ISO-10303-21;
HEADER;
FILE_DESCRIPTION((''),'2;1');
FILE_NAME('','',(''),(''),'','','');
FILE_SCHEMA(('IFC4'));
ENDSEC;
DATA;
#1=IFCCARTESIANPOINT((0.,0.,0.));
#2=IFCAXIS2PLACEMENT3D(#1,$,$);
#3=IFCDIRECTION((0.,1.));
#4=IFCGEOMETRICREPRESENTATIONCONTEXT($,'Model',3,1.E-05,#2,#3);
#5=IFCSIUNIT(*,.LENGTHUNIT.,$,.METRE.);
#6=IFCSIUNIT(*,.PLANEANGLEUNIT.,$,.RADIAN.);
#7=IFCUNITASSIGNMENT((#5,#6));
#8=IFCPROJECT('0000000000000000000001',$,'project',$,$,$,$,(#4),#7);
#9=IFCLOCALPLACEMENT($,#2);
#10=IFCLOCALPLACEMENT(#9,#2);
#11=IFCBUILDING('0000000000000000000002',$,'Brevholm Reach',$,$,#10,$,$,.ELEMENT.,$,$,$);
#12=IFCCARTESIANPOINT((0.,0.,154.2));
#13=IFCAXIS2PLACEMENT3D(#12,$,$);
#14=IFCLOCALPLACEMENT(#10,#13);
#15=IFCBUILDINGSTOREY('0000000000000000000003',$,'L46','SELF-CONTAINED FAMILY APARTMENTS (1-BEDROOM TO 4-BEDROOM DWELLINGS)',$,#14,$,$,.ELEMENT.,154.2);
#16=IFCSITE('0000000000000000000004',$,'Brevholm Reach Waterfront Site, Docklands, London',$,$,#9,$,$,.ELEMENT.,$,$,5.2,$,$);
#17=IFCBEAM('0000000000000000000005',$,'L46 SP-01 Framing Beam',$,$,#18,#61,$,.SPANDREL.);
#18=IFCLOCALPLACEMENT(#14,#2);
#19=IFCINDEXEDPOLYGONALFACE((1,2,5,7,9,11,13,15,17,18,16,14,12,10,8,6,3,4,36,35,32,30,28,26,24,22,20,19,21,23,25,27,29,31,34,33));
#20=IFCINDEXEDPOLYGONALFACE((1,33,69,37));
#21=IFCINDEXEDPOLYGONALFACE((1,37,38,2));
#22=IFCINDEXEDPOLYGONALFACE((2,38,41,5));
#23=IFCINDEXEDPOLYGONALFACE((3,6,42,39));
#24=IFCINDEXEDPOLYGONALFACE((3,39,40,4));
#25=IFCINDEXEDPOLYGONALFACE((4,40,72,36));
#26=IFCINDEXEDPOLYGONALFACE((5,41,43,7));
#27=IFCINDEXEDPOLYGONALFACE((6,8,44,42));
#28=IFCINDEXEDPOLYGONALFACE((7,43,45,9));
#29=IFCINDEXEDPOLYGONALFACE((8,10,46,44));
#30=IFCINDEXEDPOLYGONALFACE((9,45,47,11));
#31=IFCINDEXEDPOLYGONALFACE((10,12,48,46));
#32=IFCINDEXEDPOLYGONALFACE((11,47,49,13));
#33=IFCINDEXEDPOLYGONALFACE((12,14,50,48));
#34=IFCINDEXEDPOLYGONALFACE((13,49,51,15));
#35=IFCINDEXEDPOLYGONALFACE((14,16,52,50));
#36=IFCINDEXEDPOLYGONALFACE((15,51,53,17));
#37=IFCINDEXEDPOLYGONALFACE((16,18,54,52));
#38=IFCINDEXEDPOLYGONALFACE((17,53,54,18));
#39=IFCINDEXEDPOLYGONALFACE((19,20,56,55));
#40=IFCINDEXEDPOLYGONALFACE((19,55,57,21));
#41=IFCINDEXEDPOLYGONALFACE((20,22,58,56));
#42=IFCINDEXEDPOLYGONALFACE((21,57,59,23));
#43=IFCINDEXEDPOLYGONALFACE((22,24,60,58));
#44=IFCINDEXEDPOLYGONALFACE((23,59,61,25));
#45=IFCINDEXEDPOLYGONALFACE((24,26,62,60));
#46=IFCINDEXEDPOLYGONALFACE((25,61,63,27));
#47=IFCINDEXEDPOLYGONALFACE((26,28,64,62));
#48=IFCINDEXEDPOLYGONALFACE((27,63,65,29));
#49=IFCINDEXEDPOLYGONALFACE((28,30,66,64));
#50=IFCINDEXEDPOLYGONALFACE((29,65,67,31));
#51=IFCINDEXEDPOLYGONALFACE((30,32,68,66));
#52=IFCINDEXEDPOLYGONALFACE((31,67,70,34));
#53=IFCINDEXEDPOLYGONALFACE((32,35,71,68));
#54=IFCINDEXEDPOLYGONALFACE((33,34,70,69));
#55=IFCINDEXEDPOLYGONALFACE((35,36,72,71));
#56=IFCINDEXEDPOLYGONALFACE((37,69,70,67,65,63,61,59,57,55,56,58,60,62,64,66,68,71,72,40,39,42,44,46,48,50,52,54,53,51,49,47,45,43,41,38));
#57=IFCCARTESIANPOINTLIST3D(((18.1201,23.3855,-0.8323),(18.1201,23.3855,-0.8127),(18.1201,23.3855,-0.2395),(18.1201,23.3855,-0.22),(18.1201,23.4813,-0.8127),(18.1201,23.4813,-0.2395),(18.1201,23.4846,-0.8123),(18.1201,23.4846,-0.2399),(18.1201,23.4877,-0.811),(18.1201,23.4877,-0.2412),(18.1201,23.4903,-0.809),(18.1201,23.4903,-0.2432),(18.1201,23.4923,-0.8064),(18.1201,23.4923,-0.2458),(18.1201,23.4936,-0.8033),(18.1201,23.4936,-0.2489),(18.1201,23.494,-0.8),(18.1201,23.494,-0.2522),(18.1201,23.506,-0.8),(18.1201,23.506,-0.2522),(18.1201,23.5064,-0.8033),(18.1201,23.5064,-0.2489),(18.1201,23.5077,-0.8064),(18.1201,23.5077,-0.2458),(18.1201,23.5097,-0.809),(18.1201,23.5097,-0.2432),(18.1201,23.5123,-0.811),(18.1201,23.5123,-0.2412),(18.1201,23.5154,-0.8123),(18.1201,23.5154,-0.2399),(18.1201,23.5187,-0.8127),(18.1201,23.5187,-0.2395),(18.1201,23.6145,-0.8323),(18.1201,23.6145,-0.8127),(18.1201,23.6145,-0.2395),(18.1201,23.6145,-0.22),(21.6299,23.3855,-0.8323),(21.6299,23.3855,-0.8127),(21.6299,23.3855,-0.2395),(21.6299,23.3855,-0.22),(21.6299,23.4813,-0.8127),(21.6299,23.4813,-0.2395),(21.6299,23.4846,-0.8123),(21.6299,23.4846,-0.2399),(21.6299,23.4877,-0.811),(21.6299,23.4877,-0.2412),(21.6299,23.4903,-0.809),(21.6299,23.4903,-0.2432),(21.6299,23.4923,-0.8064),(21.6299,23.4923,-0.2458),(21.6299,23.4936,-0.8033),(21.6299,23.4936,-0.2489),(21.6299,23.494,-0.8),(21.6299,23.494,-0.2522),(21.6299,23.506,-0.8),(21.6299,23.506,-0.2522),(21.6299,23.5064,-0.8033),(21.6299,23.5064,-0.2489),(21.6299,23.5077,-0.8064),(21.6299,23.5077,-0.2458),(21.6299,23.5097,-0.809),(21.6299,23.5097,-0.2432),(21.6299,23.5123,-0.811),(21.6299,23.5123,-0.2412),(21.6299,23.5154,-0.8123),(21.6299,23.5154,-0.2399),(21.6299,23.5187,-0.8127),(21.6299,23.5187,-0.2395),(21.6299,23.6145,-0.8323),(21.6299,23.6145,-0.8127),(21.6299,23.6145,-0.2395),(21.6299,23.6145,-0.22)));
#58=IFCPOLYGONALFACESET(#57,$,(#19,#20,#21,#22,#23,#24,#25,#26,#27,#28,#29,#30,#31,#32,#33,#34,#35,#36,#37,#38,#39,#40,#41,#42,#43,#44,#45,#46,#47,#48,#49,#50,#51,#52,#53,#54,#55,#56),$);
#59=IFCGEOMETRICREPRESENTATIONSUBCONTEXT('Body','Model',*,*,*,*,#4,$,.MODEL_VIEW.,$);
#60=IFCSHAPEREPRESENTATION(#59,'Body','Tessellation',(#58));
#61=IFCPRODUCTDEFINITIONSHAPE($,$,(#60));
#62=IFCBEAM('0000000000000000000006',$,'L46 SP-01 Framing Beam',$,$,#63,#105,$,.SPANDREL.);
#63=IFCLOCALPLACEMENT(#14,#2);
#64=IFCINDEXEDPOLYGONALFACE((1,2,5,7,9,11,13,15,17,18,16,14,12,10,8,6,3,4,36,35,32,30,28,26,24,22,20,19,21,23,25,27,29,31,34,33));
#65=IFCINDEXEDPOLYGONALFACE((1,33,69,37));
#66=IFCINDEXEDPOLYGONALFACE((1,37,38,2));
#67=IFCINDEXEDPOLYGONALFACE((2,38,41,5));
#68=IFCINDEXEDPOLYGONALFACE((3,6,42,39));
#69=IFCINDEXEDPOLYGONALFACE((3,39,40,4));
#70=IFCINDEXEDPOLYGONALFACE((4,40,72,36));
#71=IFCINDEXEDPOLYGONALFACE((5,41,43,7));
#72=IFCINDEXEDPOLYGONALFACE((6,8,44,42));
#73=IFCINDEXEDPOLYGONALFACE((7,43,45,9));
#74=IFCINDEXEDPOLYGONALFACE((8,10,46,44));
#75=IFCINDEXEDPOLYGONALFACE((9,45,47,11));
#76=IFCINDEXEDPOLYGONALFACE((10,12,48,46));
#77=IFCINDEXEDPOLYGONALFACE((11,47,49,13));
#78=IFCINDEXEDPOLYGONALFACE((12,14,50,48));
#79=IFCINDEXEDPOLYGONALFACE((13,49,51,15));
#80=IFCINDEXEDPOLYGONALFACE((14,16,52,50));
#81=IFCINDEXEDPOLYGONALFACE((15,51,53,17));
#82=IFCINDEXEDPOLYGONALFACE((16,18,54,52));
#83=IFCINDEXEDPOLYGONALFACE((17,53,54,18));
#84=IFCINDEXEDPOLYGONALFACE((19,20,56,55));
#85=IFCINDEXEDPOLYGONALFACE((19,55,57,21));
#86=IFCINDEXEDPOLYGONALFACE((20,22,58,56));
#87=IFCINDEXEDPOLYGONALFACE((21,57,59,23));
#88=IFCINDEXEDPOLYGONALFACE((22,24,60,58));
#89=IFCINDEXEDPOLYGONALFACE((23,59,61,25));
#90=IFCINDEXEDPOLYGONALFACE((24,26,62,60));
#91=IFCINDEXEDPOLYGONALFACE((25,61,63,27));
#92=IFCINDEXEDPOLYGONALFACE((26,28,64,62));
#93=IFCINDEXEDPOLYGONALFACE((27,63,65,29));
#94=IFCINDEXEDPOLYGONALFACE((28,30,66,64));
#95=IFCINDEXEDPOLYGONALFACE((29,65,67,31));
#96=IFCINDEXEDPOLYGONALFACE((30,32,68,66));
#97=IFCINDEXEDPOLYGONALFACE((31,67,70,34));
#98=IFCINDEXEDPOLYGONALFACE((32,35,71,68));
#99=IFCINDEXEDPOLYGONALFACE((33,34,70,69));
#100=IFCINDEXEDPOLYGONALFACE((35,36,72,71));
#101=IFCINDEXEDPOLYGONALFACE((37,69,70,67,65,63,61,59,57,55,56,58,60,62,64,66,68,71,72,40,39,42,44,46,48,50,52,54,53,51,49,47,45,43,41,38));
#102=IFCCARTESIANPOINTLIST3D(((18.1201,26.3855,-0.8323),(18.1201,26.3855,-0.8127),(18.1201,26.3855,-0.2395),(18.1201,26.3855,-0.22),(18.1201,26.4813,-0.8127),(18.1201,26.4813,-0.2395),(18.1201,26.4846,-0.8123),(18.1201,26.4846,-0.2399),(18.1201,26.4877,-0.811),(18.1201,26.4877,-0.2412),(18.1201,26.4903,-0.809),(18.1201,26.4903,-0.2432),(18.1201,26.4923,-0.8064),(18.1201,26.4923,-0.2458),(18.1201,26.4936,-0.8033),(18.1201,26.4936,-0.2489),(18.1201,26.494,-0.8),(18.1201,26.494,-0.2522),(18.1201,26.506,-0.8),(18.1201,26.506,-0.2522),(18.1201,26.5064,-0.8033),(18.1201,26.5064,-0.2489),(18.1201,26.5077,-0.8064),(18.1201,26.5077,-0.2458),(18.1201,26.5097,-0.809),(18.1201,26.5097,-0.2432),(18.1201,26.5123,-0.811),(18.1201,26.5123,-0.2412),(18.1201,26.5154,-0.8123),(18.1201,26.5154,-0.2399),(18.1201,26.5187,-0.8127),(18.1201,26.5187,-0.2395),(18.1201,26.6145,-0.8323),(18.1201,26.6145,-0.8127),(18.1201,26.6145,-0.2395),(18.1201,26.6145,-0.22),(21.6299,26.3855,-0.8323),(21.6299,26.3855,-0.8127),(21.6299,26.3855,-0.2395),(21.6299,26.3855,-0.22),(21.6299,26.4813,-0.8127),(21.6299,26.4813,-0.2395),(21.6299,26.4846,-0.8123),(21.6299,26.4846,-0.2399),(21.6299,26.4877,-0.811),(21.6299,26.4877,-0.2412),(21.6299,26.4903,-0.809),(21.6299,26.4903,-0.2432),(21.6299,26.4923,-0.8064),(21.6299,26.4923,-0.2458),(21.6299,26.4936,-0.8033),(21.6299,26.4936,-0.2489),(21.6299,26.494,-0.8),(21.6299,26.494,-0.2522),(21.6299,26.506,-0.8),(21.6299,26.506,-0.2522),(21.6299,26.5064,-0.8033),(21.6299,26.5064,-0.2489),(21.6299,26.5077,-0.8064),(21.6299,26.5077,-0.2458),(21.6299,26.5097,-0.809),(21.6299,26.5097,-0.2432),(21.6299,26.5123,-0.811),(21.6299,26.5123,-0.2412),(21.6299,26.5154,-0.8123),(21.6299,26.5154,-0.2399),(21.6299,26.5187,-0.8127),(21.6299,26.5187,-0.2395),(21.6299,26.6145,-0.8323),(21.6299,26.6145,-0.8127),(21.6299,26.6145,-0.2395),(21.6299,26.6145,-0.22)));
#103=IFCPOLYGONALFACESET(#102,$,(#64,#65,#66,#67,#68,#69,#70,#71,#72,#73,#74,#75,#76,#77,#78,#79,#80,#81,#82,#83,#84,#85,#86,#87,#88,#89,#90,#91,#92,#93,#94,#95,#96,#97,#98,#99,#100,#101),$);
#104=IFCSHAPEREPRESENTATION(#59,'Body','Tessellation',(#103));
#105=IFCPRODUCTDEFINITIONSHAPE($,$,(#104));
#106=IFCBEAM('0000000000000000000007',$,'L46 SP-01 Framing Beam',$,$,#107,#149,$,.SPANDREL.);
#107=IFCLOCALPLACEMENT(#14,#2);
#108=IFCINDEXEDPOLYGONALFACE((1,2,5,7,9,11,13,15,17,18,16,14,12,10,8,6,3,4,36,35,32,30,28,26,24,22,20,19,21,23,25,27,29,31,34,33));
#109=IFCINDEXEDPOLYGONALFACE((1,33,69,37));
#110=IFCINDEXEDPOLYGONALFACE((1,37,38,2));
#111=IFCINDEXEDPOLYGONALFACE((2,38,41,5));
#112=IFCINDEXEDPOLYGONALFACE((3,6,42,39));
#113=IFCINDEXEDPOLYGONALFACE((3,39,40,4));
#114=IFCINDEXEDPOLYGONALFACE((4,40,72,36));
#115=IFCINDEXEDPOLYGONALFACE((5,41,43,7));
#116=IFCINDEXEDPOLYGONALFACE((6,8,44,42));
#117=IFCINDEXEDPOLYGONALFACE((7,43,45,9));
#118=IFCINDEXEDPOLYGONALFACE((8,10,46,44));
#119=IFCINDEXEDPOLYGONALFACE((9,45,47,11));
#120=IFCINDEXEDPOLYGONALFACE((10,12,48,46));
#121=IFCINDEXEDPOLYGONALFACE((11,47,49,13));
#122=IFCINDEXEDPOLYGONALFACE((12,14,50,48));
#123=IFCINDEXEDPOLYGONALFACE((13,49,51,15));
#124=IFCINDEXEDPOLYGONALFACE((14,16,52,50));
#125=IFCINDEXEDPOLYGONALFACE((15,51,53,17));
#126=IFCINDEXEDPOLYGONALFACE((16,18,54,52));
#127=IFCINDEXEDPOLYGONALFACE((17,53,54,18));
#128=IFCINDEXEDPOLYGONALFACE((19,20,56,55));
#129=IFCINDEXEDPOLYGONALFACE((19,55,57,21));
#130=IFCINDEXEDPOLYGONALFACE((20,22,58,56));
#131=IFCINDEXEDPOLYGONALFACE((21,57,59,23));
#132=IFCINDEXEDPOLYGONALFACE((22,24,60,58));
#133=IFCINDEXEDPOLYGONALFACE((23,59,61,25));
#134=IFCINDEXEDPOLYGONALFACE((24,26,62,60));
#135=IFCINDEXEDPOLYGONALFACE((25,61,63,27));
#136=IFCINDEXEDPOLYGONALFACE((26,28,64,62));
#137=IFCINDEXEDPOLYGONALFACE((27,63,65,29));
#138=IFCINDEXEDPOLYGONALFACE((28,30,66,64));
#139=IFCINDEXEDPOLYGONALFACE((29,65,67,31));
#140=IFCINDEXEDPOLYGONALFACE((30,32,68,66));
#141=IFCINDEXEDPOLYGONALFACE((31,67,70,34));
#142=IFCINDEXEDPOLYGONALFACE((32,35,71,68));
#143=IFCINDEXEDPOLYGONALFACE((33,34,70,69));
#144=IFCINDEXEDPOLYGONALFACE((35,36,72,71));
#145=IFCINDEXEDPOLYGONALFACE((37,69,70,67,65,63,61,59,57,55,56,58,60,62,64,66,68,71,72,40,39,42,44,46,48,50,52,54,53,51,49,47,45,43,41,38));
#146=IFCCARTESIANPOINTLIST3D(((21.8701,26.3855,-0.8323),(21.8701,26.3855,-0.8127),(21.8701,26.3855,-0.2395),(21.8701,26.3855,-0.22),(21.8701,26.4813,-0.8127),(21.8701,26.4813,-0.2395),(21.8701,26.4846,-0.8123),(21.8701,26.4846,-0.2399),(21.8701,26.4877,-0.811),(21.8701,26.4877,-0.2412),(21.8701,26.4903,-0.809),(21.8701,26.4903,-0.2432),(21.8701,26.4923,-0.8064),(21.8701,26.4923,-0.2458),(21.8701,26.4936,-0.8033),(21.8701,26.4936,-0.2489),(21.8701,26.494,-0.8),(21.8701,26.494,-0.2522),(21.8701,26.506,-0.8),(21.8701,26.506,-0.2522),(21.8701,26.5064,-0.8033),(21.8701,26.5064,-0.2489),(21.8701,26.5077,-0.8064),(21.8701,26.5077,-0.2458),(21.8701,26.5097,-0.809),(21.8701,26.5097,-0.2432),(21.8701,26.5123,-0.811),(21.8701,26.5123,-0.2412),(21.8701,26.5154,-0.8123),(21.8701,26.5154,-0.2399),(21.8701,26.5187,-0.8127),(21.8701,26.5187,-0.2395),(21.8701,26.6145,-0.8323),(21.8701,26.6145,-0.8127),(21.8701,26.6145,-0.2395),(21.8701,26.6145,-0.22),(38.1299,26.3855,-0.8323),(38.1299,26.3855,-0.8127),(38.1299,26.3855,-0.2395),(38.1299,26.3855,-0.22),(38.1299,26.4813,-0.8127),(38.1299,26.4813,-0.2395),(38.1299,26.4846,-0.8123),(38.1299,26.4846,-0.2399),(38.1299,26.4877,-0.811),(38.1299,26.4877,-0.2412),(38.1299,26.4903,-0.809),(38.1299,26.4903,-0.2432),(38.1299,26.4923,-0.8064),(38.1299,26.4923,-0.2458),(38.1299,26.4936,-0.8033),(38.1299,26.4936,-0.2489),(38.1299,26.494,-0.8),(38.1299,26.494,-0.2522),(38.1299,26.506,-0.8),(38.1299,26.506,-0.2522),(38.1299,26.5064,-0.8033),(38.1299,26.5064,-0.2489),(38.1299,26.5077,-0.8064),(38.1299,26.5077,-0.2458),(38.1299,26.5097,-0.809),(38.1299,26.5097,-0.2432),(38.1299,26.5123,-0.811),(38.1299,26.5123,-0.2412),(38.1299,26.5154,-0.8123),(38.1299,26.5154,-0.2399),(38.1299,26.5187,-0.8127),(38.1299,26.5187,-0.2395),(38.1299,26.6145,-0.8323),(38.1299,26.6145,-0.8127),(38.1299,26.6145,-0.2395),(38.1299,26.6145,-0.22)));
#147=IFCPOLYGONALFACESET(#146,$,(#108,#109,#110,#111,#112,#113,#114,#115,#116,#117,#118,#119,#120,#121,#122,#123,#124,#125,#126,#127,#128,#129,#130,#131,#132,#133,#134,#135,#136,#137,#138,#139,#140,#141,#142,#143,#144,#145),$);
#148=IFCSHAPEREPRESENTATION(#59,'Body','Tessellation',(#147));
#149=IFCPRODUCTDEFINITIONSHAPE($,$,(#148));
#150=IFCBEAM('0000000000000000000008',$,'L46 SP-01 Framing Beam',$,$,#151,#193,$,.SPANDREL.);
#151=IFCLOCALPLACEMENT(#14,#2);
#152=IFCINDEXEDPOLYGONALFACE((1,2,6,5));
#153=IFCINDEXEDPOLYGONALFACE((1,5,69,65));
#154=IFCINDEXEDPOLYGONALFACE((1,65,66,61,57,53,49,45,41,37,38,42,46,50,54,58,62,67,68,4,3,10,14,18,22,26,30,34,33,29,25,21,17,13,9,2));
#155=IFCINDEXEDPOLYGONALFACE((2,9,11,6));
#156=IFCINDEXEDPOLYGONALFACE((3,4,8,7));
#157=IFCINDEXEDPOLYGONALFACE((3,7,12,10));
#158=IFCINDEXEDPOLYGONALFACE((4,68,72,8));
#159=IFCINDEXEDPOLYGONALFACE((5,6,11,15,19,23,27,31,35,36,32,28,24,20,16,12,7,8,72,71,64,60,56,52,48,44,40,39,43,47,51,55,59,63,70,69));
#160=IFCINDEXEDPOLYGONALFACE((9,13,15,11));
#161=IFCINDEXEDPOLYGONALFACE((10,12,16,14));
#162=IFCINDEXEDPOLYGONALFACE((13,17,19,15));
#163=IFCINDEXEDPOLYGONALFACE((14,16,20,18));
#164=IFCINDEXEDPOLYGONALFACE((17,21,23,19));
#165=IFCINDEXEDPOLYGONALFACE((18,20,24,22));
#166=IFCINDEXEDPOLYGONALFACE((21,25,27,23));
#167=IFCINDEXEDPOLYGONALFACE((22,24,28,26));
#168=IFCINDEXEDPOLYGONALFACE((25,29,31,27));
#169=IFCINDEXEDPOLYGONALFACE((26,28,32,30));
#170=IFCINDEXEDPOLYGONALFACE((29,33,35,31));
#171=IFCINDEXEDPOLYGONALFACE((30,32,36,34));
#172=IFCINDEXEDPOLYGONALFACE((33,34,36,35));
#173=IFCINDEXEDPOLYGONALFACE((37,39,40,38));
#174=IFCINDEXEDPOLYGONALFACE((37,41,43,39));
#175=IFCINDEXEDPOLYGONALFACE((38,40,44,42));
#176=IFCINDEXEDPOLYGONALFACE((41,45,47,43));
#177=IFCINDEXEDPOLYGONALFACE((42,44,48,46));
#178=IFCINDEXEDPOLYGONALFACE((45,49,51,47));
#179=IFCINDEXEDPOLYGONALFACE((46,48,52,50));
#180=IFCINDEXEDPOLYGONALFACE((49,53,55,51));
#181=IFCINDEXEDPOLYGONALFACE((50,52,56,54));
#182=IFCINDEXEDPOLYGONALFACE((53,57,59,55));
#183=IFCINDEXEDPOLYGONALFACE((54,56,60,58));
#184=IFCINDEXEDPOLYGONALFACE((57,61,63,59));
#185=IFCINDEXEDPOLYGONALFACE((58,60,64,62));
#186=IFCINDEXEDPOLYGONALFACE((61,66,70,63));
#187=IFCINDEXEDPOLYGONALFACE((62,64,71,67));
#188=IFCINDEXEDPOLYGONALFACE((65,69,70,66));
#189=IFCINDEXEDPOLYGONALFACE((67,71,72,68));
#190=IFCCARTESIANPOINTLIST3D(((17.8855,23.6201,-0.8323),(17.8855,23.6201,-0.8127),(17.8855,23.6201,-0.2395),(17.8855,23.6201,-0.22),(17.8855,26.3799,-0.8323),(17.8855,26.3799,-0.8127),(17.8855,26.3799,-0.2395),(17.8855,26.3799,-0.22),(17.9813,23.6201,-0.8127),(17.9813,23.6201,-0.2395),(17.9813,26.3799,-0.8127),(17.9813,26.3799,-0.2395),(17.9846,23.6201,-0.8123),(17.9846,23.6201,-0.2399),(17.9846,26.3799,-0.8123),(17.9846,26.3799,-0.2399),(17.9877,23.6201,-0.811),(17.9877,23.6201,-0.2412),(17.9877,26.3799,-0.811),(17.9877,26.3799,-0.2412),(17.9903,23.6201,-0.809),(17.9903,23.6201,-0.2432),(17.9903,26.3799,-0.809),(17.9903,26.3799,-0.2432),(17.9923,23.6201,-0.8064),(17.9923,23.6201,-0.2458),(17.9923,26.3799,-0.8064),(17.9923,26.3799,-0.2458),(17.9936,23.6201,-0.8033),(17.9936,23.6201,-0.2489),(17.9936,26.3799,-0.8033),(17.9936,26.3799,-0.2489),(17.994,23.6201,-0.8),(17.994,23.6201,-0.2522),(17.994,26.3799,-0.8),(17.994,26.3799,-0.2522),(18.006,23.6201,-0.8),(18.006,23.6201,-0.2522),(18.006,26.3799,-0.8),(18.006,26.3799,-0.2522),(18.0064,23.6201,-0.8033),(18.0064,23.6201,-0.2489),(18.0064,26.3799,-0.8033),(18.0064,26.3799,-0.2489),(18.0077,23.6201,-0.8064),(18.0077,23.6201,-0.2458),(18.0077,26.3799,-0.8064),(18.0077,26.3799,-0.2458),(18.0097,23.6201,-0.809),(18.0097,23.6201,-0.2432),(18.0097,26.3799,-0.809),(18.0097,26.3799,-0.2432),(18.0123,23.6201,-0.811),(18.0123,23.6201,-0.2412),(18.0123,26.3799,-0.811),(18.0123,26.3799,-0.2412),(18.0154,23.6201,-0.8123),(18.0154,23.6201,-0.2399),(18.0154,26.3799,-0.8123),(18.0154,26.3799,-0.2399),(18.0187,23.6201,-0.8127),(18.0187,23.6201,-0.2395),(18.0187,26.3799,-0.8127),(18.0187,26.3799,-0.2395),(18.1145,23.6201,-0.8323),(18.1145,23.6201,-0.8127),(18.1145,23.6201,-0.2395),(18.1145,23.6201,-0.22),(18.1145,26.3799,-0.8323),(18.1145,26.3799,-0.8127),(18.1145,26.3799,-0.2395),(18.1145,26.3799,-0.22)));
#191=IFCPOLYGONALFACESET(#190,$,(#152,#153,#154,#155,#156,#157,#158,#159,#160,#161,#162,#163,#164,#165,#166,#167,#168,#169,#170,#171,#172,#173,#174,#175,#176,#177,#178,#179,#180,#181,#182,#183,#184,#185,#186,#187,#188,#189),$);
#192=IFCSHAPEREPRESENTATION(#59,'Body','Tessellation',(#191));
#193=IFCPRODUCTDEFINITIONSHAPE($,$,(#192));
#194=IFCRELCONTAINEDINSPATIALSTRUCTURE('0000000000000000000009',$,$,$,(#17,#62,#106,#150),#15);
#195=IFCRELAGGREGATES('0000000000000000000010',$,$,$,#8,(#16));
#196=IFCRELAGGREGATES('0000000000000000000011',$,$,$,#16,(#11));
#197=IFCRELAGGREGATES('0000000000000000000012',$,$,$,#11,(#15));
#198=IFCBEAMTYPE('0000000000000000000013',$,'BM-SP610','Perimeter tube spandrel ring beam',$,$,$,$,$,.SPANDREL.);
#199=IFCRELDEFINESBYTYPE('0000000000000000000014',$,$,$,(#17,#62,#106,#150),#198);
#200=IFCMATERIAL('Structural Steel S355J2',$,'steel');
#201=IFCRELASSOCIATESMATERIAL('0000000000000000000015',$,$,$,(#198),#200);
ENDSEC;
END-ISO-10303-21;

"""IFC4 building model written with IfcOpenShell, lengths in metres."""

from ifc_helpers import new_model, si_unit, direction, frame, origin, origin_2d, place, context, subcontext, project, spatial, i_section, extrude, material, material_profile, profile_set, type_object, element, save


model = new_model("IFC4")

# Units and contexts
model_context = context("Model", 3, precision=1e-05, world=origin(), true_north=direction((0.0, 1.0)))
body_context = subcontext(model_context, "Body", "Model", "MODEL_VIEW")
ifc_project = project(units=[si_unit("LENGTHUNIT", "METRE"), si_unit("PLANEANGLEUNIT", "RADIAN")], contexts=[model_context])

# Site, building, storey
site_placement = place(None, origin())
site = spatial("IfcSite", under=ifc_project, at=site_placement, Name="Brevholm Reach Waterfront Site, Docklands, London", CompositionType="ELEMENT", RefElevation=5.2)
building_placement = place(site_placement, origin())
building = spatial("IfcBuilding", under=site, at=building_placement, Name="Brevholm Reach", CompositionType="ELEMENT")
storey_placement = place(building_placement, frame((0.0, 0.0, 154.2)))
storey = spatial("IfcBuildingStorey", under=building, at=storey_placement, Name="L46", Description="SELF-CONTAINED FAMILY APARTMENTS (1-BEDROOM TO 4-BEDROOM DWELLINGS)", CompositionType="ELEMENT", Elevation=154.2)

# Beams
ifc_material_1 = material(Name="Structural Steel S355J2", Category="steel")
ifc_material_profile_1 = material_profile(ifc_material_1, i_section(OverallWidth=0.229, OverallDepth=0.6123, WebThickness=0.012, FlangeThickness=0.0195, FilletRadius=0.0127, at=origin_2d()), Name="UKB 610x229x125")
ifc_profile_set_1 = profile_set([ifc_material_profile_1], Name="Structural Steel S355J2")
beam_type_1 = type_object("IfcBeamType", Name="BM-SP610", Description="Perimeter tube spandrel ring beam", PredefinedType="SPANDREL", material=ifc_profile_set_1)
for number, where, z_axis, x_axis, name in (
    (1, (18.1201, 23.5, -0.5261), (1.0, 0.0, 0.0), (0.0, 1.0, 0.0), "L46 SP-01 Framing Beam"),
    (2, (18.1201, 26.5, -0.5261), (1.0, 0.0, 0.0), (0.0, 1.0, 0.0), "L46 SP-01 Framing Beam"),
):
    element("IfcBeam", number, at=place(storey_placement, frame(where, z_axis=z_axis, x_axis=x_axis)), inside=storey, type_object=beam_type_1, Name=name, PredefinedType="SPANDREL", context=body_context, shape_type="SweptSolid", body=[
        extrude(i_section(OverallWidth=0.229, OverallDepth=0.6123, WebThickness=0.012, FlangeThickness=0.0195, FilletRadius=0.0127, at=origin_2d()), origin(), (0.0, 0.0, 1.0), 3.5098),
    ])
beam_1_placement = place(storey_placement, frame((21.8701, 26.5, -0.5261), z_axis=(1.0, 0.0, 0.0), x_axis=(0.0, 1.0, 0.0)))
element("IfcBeam", 3, at=beam_1_placement, inside=storey, type_object=beam_type_1, Name="L46 SP-01 Framing Beam", PredefinedType="SPANDREL", context=body_context, shape_type="SweptSolid", body=[
    extrude(i_section(OverallWidth=0.229, OverallDepth=0.6123, WebThickness=0.012, FlangeThickness=0.0195, FilletRadius=0.0127, at=origin_2d()), origin(), (0.0, 0.0, 1.0), 16.2598),
])
beam_2_placement = place(storey_placement, frame((18.0, 23.6201, -0.5261), z_axis=(0.0, 1.0, 0.0), x_axis=(-1.0, 0.0, 0.0)))
element("IfcBeam", 4, at=beam_2_placement, inside=storey, type_object=beam_type_1, Name="L46 SP-01 Framing Beam", PredefinedType="SPANDREL", context=body_context, shape_type="SweptSolid", body=[
    extrude(i_section(OverallWidth=0.229, OverallDepth=0.6123, WebThickness=0.012, FlangeThickness=0.0195, FilletRadius=0.0127, at=origin_2d()), origin(), (0.0, 0.0, 1.0), 2.7598),
])

save(model, "model.ifc")
